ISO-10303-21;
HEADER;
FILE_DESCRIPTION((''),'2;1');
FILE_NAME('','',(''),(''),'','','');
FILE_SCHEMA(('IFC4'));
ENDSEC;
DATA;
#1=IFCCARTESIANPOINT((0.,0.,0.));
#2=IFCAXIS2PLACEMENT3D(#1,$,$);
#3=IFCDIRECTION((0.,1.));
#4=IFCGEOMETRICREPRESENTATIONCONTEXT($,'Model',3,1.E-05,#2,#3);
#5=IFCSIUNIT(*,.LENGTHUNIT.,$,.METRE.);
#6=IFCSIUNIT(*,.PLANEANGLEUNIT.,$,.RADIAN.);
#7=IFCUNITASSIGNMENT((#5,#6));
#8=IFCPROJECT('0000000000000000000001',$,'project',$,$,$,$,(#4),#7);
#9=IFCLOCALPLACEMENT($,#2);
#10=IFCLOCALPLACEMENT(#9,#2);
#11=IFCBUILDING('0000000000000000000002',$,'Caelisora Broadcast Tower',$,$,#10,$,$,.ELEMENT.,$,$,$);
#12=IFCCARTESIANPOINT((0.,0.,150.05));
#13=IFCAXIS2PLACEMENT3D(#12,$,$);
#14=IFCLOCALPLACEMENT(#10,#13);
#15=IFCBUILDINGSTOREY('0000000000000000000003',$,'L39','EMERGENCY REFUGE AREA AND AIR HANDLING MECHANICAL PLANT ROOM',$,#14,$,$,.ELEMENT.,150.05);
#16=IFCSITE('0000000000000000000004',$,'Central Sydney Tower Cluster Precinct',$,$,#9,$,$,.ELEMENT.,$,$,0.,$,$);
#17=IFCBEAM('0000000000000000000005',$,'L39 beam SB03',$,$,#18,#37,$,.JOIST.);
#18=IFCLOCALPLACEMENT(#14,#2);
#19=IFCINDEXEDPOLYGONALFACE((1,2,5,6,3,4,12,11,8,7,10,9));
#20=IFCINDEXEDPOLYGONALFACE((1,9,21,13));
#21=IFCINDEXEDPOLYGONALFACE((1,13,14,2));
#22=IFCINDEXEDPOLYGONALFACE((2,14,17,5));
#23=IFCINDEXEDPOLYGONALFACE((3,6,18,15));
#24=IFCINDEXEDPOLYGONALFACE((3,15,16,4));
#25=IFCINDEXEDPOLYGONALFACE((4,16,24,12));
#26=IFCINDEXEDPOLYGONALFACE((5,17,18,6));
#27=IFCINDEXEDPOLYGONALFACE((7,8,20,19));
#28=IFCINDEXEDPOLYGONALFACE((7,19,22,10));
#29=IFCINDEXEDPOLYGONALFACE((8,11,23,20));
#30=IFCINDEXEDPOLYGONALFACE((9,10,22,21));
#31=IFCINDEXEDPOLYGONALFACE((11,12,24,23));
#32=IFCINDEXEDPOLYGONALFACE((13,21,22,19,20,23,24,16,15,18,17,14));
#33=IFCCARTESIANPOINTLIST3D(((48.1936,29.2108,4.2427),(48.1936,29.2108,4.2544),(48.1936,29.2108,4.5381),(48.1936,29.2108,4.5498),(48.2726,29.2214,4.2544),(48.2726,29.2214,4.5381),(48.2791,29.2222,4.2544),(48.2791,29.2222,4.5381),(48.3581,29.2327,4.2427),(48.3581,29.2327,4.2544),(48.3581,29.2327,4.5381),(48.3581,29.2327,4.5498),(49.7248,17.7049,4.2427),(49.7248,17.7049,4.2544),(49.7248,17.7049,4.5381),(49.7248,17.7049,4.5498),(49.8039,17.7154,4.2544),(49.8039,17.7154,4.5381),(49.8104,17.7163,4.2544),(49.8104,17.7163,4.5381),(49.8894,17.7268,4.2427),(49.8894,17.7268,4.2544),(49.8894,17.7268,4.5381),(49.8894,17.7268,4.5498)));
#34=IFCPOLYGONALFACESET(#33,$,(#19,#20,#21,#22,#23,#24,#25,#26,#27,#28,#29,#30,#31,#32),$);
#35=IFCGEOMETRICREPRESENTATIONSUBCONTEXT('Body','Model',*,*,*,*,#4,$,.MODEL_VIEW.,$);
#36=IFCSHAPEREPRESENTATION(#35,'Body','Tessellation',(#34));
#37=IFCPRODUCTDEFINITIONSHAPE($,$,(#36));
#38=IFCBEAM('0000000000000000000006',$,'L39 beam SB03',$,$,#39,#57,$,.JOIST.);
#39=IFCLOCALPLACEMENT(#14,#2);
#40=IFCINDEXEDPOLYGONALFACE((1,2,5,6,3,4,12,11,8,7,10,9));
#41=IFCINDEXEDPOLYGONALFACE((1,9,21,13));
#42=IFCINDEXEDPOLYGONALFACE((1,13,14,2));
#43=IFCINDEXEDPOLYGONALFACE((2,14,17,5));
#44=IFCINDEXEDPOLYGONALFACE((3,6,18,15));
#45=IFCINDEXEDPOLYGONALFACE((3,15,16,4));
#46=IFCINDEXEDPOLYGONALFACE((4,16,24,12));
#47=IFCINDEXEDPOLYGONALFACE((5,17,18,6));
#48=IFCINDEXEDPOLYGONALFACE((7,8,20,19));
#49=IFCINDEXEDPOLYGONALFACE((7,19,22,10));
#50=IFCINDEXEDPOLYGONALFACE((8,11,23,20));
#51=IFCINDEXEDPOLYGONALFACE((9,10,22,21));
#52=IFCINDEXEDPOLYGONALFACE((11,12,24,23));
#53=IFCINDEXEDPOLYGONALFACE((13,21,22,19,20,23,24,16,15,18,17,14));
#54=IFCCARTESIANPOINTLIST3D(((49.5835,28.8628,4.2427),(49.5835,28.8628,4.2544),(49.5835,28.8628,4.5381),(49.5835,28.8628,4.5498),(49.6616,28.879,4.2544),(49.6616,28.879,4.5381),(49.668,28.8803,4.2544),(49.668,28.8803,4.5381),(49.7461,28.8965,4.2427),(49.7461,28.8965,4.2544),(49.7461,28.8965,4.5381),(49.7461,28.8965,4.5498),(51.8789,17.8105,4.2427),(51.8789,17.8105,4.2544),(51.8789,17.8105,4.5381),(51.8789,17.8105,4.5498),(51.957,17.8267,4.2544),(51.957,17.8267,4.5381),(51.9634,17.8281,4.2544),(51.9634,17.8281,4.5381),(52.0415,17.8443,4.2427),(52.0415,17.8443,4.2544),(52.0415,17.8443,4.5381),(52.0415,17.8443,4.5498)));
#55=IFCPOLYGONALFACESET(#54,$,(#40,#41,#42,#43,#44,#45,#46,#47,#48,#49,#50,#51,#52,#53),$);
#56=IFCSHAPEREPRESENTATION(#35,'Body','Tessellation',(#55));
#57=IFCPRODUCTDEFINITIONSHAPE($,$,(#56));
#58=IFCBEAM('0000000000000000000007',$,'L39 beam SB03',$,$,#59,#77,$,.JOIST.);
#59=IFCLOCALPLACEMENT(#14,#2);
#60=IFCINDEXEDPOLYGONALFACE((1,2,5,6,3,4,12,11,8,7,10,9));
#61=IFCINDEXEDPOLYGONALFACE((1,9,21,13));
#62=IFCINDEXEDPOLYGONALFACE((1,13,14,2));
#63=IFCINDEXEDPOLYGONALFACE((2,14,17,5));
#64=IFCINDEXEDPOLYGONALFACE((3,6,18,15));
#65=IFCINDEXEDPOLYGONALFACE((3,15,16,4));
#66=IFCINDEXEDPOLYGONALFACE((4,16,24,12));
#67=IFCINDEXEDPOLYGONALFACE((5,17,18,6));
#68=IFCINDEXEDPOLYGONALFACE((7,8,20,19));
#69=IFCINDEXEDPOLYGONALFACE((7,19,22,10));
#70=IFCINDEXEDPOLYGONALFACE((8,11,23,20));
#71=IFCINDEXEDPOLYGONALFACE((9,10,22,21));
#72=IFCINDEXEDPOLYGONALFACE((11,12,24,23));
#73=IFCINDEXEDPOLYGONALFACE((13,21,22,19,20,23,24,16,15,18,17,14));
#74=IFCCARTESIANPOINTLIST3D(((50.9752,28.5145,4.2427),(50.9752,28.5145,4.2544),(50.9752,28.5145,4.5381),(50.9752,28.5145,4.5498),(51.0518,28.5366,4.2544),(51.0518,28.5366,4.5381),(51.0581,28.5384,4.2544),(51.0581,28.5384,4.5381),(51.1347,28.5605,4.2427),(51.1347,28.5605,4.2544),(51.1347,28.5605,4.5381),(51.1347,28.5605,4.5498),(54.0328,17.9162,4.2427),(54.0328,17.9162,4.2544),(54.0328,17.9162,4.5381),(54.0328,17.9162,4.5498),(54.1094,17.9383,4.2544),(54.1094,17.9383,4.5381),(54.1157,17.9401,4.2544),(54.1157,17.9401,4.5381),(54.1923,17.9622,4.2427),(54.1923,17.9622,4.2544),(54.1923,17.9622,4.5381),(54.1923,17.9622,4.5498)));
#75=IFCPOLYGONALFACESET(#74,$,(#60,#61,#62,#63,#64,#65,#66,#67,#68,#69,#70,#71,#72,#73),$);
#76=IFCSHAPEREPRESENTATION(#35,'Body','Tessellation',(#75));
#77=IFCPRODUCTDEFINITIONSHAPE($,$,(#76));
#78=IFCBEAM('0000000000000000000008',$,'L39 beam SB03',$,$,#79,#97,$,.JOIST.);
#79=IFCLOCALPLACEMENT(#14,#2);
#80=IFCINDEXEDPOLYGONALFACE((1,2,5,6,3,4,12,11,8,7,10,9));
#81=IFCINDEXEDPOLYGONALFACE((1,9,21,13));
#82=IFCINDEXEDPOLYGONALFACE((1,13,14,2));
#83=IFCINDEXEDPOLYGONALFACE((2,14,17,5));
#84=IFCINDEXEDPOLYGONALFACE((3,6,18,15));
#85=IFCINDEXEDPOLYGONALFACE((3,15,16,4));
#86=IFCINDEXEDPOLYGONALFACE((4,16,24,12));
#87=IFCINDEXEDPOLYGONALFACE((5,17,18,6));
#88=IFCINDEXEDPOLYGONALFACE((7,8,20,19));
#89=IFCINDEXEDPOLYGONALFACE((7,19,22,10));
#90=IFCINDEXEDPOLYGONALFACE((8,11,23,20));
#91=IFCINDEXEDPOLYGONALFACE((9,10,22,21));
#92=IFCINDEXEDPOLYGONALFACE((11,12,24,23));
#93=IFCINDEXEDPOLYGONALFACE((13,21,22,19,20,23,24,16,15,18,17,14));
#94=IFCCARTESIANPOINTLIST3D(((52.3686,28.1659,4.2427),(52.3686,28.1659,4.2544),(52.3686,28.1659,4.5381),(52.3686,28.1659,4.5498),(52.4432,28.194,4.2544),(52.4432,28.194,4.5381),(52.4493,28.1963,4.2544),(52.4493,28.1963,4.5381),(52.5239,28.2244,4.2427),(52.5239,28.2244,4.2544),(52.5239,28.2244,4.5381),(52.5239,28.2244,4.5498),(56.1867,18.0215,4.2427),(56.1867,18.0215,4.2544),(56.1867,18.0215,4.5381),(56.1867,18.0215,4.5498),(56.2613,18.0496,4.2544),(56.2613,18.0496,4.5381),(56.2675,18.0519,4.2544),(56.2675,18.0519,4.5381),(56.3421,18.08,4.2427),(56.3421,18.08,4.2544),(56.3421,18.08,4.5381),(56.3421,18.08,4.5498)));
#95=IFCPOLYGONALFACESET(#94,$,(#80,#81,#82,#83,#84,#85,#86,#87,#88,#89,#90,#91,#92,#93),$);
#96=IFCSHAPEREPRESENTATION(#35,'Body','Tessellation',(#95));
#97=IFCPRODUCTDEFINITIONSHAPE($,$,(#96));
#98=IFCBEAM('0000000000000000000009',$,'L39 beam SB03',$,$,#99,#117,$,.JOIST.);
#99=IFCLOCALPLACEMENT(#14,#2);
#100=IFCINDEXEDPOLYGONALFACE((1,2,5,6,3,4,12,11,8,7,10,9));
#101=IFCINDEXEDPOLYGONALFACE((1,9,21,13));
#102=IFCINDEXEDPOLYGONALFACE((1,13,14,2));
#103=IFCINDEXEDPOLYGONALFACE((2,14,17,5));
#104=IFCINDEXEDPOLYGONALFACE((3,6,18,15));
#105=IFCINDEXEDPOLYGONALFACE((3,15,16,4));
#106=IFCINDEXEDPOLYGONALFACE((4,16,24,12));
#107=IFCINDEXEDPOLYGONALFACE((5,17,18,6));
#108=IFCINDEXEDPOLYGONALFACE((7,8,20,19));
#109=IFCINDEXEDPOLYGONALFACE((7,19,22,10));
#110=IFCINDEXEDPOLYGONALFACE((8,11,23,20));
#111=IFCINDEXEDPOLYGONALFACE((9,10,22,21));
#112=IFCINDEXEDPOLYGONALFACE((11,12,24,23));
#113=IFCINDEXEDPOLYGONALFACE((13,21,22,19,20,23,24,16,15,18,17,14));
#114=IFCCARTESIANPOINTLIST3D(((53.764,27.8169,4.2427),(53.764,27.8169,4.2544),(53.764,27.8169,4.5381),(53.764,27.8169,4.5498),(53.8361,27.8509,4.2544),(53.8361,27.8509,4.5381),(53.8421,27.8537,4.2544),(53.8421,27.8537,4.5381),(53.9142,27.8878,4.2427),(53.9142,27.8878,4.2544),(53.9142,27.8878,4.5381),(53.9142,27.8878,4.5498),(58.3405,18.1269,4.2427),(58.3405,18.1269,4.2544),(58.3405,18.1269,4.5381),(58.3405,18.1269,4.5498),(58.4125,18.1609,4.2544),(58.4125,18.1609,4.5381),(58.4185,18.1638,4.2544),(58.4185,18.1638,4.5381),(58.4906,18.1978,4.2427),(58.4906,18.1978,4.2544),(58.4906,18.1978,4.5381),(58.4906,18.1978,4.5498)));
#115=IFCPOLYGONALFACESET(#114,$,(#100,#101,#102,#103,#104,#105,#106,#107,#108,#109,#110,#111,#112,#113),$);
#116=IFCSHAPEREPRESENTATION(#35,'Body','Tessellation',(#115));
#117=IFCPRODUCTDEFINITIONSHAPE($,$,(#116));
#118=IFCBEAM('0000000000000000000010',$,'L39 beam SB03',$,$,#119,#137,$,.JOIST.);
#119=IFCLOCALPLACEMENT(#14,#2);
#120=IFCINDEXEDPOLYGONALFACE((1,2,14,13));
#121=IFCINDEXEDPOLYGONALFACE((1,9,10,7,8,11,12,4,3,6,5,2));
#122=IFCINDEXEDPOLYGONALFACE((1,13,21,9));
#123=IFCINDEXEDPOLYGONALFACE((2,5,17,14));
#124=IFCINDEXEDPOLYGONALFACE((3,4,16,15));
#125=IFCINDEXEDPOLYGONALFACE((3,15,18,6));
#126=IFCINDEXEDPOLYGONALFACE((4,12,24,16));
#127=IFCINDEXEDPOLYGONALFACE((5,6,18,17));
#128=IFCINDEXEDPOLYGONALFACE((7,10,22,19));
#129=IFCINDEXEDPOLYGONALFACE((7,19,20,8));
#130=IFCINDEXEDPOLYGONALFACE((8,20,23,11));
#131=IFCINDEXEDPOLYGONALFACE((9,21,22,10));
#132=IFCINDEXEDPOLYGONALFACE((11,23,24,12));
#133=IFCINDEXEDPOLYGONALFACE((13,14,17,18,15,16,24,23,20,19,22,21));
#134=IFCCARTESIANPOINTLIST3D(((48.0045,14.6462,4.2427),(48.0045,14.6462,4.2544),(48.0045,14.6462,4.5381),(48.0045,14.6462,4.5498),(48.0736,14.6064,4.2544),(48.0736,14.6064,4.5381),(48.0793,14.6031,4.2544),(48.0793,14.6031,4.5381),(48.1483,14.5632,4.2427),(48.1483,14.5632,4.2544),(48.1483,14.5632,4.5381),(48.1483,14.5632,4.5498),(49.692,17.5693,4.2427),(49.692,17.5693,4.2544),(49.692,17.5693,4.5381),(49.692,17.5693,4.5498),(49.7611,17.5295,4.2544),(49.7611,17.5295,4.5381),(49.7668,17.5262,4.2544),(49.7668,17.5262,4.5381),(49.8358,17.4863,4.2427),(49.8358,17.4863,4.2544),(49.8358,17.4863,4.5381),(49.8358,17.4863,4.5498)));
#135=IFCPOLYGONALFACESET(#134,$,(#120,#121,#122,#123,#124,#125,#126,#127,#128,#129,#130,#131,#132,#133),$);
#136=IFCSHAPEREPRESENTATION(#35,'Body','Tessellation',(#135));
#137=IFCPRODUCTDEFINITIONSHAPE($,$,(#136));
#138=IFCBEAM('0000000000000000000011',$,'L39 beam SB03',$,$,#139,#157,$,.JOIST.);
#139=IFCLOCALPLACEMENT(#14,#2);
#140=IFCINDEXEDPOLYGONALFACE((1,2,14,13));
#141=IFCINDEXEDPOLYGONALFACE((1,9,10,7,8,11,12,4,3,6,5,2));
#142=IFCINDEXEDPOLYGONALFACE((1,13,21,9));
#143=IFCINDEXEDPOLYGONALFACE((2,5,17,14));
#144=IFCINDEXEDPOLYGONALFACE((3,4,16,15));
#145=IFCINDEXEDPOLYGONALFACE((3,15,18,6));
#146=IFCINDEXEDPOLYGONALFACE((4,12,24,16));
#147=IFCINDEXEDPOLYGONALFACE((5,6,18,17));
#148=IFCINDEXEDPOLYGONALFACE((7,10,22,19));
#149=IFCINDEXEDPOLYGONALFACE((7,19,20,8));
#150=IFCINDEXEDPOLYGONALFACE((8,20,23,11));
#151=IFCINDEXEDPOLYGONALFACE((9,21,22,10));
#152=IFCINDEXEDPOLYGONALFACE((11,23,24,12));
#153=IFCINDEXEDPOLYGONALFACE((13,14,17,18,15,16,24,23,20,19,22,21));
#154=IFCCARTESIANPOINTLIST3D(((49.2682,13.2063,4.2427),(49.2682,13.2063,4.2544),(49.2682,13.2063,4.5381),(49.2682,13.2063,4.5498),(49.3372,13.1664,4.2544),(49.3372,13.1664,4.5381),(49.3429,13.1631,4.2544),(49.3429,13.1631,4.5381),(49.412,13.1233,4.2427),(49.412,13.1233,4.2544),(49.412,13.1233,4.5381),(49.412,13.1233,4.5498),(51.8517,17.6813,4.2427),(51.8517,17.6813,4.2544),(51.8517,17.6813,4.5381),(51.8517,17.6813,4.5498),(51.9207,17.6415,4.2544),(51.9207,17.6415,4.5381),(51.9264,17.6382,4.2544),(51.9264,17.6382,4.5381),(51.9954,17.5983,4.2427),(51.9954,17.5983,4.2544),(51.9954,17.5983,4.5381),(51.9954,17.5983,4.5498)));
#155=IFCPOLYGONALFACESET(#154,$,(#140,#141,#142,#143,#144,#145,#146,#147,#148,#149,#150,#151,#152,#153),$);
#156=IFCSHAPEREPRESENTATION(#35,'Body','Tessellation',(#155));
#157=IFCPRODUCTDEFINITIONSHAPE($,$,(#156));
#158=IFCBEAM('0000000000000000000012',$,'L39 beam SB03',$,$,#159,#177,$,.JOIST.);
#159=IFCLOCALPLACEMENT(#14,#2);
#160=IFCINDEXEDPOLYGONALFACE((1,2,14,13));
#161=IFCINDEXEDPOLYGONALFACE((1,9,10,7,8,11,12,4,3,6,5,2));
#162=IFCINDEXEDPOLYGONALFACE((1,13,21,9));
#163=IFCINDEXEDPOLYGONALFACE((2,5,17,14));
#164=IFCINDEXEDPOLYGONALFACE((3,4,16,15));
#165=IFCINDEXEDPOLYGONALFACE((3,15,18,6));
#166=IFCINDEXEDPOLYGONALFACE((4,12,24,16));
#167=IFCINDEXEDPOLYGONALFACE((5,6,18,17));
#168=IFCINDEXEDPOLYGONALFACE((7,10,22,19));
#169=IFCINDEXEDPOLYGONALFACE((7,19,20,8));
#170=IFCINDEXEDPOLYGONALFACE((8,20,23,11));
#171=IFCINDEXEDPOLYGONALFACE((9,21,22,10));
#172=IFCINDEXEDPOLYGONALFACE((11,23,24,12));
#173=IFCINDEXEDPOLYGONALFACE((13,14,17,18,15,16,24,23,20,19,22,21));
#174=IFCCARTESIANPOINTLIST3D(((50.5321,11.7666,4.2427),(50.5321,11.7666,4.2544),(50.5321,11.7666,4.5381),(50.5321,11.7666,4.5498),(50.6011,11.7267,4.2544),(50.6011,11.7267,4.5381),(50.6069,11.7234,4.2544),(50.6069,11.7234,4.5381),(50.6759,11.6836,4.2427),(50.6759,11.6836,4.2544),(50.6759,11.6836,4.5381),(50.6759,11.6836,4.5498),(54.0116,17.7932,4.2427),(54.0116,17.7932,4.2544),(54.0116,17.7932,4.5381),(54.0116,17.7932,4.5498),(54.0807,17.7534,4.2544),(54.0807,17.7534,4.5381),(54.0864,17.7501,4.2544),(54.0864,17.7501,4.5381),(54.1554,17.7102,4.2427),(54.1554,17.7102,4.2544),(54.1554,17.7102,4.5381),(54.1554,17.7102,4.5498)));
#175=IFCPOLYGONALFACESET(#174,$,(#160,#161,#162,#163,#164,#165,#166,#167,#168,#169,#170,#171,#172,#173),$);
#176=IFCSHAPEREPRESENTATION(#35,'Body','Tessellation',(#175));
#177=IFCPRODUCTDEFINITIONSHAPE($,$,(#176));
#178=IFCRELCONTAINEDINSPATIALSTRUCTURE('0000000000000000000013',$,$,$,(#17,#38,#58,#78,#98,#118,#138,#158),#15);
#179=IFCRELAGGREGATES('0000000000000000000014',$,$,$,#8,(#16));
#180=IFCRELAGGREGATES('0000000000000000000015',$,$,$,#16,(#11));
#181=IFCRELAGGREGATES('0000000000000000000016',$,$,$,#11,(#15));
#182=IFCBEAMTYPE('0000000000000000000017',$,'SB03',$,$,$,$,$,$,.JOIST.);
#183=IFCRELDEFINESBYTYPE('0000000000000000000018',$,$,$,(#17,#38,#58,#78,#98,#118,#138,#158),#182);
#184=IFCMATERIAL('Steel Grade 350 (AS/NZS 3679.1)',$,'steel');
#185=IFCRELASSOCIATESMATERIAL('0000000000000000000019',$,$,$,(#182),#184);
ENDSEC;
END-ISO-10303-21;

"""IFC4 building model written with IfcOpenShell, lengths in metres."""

from ifc_helpers import new_model, si_unit, direction, frame, origin, origin_2d, place, context, subcontext, project, spatial, i_section, extrude, source, transform, mapped, material, material_profile, profile_set, type_object, element, save


model = new_model("IFC4")

# Units and contexts
model_context = context("Model", 3, precision=1e-05, world=origin(), true_north=direction((0.0, 1.0)))
body_context = subcontext(model_context, "Body", "Model", "MODEL_VIEW")
ifc_project = project(units=[si_unit("LENGTHUNIT", "METRE"), si_unit("PLANEANGLEUNIT", "RADIAN")], contexts=[model_context])

# Site, building, storey
site_placement = place(None, origin())
site = spatial("IfcSite", under=ifc_project, at=site_placement, Name="Central Sydney Tower Cluster Precinct", CompositionType="ELEMENT", RefElevation=0.0)
building_placement = place(site_placement, origin())
building = spatial("IfcBuilding", under=site, at=building_placement, Name="Caelisora Broadcast Tower", CompositionType="ELEMENT")
storey_placement = place(building_placement, frame((0.0, 0.0, 150.05)))
storey = spatial("IfcBuildingStorey", under=building, at=storey_placement, Name="L39", Description="EMERGENCY REFUGE AREA AND AIR HANDLING MECHANICAL PLANT ROOM", CompositionType="ELEMENT", Elevation=150.05)

# Beams
ifc_material_1 = material(Name="Steel Grade 350 (AS/NZS 3679.1)", Category="steel")
ifc_material_profile_1 = material_profile(ifc_material_1, i_section(OverallWidth=0.166, OverallDepth=0.3071, WebThickness=0.0066, FlangeThickness=0.0117, at=origin_2d()), Name="Steel Grade 350 (AS/NZS 3679.1)")
ifc_profile_set_1 = profile_set([ifc_material_profile_1], Name="Steel Grade 350 (AS/NZS 3679.1)")
beam_type_1 = type_object("IfcBeamType", Name="SB03", PredefinedType="JOIST", material=ifc_profile_set_1)
shared_shape_1 = source(origin(), body_context, "Body", "SweptSolid", [
    extrude(i_section(OverallWidth=0.166, OverallDepth=0.3071, WebThickness=0.0066, FlangeThickness=0.0117, at=origin_2d()), origin(), (0.0, 0.0, 1.0), 11.6074),
])
beam_1_placement = place(storey_placement, frame((49.8071, 17.7158, 4.3962), z_axis=(-0.131921, 0.99126, 0.0), x_axis=(-0.99126, -0.131921, 0.0)))
element("IfcBeam", 1, at=beam_1_placement, inside=storey, type_object=beam_type_1, Name="L39 beam SB03", PredefinedType="JOIST", context=body_context, shape_type="MappedRepresentation", body=[
    mapped(shared_shape_1, transform((0.0, 0.0, 0.0), scale=1.0)),
])
shared_shape_2 = source(origin(), body_context, "Body", "SweptSolid", [
    extrude(i_section(OverallWidth=0.166, OverallDepth=0.3071, WebThickness=0.0066, FlangeThickness=0.0117, at=origin_2d()), origin(), (0.0, 0.0, 1.0), 11.2881),
])
beam_2_placement = place(storey_placement, frame((51.9602, 17.8274, 4.3962), z_axis=(-0.203348, 0.979107, 0.0), x_axis=(-0.979107, -0.203348, 0.0)))
element("IfcBeam", 2, at=beam_2_placement, inside=storey, type_object=beam_type_1, Name="L39 beam SB03", PredefinedType="JOIST", context=body_context, shape_type="MappedRepresentation", body=[
    mapped(shared_shape_2, transform((0.0, 0.0, 0.0), scale=1.0)),
])
shared_shape_3 = source(origin(), body_context, "Body", "SweptSolid", [
    extrude(i_section(OverallWidth=0.166, OverallDepth=0.3071, WebThickness=0.0066, FlangeThickness=0.0117, at=origin_2d()), origin(), (0.0, 0.0, 1.0), 11.0305),
])
beam_3_placement = place(storey_placement, frame((54.1125, 17.9392, 4.3962), z_axis=(-0.277193, 0.960814, 0.0), x_axis=(-0.960814, -0.277193, 0.0)))
element("IfcBeam", 3, at=beam_3_placement, inside=storey, type_object=beam_type_1, Name="L39 beam SB03", PredefinedType="JOIST", context=body_context, shape_type="MappedRepresentation", body=[
    mapped(shared_shape_3, transform((0.0, 0.0, 0.0), scale=1.0)),
])
shared_shape_4 = source(origin(), body_context, "Body", "SweptSolid", [
    extrude(i_section(OverallWidth=0.166, OverallDepth=0.3071, WebThickness=0.0066, FlangeThickness=0.0117, at=origin_2d()), origin(), (0.0, 0.0, 1.0), 10.8391),
])
beam_4_placement = place(storey_placement, frame((56.2644, 18.0508, 4.3962), z_axis=(-0.352256, 0.935904, 0.0), x_axis=(-0.935904, -0.352256, 0.0)))
element("IfcBeam", 4, at=beam_4_placement, inside=storey, type_object=beam_type_1, Name="L39 beam SB03", PredefinedType="JOIST", context=body_context, shape_type="MappedRepresentation", body=[
    mapped(shared_shape_4, transform((0.0, 0.0, 0.0), scale=1.0)),
])
shared_shape_5 = source(origin(), body_context, "Body", "SweptSolid", [
    extrude(i_section(OverallWidth=0.166, OverallDepth=0.3071, WebThickness=0.0066, FlangeThickness=0.0117, at=origin_2d()), origin(), (0.0, 0.0, 1.0), 10.7163),
])
beam_5_placement = place(storey_placement, frame((58.4155, 18.1624, 4.3962), z_axis=(-0.427053, 0.904227, 0.0), x_axis=(-0.904227, -0.427053, 0.0)))
element("IfcBeam", 5, at=beam_5_placement, inside=storey, type_object=beam_type_1, Name="L39 beam SB03", PredefinedType="JOIST", context=body_context, shape_type="MappedRepresentation", body=[
    mapped(shared_shape_5, transform((0.0, 0.0, 0.0), scale=1.0)),
])
shared_shape_6 = source(origin(), body_context, "Body", "SweptSolid", [
    extrude(i_section(OverallWidth=0.166, OverallDepth=0.3071, WebThickness=0.0066, FlangeThickness=0.0117, at=origin_2d()), origin(), (0.0, 0.0, 1.0), 3.3752),
])
beam_6_placement = place(storey_placement, frame((48.0764, 14.6047, 4.3962), z_axis=(0.499967, 0.866045, 0.0), x_axis=(-0.866045, 0.499967, 0.0)))
element("IfcBeam", 6, at=beam_6_placement, inside=storey, type_object=beam_type_1, Name="L39 beam SB03", PredefinedType="JOIST", context=body_context, shape_type="MappedRepresentation", body=[
    mapped(shared_shape_6, transform((0.0, 0.0, 0.0), scale=1.0)),
])
shared_shape_7 = source(origin(), body_context, "Body", "SweptSolid", [
    extrude(i_section(OverallWidth=0.166, OverallDepth=0.3071, WebThickness=0.0066, FlangeThickness=0.0117, at=origin_2d()), origin(), (0.0, 0.0, 1.0), 5.1672),
])
beam_7_placement = place(storey_placement, frame((49.3401, 13.1648, 4.3962), z_axis=(0.499971, 0.866042, 0.0), x_axis=(-0.866042, 0.499971, 0.0)))
element("IfcBeam", 7, at=beam_7_placement, inside=storey, type_object=beam_type_1, Name="L39 beam SB03", PredefinedType="JOIST", context=body_context, shape_type="MappedRepresentation", body=[
    mapped(shared_shape_7, transform((0.0, 0.0, 0.0), scale=1.0)),
])
shared_shape_8 = source(origin(), body_context, "Body", "SweptSolid", [
    extrude(i_section(OverallWidth=0.166, OverallDepth=0.3071, WebThickness=0.0066, FlangeThickness=0.0117, at=origin_2d()), origin(), (0.0, 0.0, 1.0), 6.959),
])
beam_8_placement = place(storey_placement, frame((50.604, 11.7251, 4.3962), z_axis=(0.500003, 0.866024, 0.0), x_axis=(-0.866024, 0.500003, 0.0)))
element("IfcBeam", 8, at=beam_8_placement, inside=storey, type_object=beam_type_1, Name="L39 beam SB03", PredefinedType="JOIST", context=body_context, shape_type="MappedRepresentation", body=[
    mapped(shared_shape_8, transform((0.0, 0.0, 0.0), scale=1.0)),
])

save(model, "model.ifc")
